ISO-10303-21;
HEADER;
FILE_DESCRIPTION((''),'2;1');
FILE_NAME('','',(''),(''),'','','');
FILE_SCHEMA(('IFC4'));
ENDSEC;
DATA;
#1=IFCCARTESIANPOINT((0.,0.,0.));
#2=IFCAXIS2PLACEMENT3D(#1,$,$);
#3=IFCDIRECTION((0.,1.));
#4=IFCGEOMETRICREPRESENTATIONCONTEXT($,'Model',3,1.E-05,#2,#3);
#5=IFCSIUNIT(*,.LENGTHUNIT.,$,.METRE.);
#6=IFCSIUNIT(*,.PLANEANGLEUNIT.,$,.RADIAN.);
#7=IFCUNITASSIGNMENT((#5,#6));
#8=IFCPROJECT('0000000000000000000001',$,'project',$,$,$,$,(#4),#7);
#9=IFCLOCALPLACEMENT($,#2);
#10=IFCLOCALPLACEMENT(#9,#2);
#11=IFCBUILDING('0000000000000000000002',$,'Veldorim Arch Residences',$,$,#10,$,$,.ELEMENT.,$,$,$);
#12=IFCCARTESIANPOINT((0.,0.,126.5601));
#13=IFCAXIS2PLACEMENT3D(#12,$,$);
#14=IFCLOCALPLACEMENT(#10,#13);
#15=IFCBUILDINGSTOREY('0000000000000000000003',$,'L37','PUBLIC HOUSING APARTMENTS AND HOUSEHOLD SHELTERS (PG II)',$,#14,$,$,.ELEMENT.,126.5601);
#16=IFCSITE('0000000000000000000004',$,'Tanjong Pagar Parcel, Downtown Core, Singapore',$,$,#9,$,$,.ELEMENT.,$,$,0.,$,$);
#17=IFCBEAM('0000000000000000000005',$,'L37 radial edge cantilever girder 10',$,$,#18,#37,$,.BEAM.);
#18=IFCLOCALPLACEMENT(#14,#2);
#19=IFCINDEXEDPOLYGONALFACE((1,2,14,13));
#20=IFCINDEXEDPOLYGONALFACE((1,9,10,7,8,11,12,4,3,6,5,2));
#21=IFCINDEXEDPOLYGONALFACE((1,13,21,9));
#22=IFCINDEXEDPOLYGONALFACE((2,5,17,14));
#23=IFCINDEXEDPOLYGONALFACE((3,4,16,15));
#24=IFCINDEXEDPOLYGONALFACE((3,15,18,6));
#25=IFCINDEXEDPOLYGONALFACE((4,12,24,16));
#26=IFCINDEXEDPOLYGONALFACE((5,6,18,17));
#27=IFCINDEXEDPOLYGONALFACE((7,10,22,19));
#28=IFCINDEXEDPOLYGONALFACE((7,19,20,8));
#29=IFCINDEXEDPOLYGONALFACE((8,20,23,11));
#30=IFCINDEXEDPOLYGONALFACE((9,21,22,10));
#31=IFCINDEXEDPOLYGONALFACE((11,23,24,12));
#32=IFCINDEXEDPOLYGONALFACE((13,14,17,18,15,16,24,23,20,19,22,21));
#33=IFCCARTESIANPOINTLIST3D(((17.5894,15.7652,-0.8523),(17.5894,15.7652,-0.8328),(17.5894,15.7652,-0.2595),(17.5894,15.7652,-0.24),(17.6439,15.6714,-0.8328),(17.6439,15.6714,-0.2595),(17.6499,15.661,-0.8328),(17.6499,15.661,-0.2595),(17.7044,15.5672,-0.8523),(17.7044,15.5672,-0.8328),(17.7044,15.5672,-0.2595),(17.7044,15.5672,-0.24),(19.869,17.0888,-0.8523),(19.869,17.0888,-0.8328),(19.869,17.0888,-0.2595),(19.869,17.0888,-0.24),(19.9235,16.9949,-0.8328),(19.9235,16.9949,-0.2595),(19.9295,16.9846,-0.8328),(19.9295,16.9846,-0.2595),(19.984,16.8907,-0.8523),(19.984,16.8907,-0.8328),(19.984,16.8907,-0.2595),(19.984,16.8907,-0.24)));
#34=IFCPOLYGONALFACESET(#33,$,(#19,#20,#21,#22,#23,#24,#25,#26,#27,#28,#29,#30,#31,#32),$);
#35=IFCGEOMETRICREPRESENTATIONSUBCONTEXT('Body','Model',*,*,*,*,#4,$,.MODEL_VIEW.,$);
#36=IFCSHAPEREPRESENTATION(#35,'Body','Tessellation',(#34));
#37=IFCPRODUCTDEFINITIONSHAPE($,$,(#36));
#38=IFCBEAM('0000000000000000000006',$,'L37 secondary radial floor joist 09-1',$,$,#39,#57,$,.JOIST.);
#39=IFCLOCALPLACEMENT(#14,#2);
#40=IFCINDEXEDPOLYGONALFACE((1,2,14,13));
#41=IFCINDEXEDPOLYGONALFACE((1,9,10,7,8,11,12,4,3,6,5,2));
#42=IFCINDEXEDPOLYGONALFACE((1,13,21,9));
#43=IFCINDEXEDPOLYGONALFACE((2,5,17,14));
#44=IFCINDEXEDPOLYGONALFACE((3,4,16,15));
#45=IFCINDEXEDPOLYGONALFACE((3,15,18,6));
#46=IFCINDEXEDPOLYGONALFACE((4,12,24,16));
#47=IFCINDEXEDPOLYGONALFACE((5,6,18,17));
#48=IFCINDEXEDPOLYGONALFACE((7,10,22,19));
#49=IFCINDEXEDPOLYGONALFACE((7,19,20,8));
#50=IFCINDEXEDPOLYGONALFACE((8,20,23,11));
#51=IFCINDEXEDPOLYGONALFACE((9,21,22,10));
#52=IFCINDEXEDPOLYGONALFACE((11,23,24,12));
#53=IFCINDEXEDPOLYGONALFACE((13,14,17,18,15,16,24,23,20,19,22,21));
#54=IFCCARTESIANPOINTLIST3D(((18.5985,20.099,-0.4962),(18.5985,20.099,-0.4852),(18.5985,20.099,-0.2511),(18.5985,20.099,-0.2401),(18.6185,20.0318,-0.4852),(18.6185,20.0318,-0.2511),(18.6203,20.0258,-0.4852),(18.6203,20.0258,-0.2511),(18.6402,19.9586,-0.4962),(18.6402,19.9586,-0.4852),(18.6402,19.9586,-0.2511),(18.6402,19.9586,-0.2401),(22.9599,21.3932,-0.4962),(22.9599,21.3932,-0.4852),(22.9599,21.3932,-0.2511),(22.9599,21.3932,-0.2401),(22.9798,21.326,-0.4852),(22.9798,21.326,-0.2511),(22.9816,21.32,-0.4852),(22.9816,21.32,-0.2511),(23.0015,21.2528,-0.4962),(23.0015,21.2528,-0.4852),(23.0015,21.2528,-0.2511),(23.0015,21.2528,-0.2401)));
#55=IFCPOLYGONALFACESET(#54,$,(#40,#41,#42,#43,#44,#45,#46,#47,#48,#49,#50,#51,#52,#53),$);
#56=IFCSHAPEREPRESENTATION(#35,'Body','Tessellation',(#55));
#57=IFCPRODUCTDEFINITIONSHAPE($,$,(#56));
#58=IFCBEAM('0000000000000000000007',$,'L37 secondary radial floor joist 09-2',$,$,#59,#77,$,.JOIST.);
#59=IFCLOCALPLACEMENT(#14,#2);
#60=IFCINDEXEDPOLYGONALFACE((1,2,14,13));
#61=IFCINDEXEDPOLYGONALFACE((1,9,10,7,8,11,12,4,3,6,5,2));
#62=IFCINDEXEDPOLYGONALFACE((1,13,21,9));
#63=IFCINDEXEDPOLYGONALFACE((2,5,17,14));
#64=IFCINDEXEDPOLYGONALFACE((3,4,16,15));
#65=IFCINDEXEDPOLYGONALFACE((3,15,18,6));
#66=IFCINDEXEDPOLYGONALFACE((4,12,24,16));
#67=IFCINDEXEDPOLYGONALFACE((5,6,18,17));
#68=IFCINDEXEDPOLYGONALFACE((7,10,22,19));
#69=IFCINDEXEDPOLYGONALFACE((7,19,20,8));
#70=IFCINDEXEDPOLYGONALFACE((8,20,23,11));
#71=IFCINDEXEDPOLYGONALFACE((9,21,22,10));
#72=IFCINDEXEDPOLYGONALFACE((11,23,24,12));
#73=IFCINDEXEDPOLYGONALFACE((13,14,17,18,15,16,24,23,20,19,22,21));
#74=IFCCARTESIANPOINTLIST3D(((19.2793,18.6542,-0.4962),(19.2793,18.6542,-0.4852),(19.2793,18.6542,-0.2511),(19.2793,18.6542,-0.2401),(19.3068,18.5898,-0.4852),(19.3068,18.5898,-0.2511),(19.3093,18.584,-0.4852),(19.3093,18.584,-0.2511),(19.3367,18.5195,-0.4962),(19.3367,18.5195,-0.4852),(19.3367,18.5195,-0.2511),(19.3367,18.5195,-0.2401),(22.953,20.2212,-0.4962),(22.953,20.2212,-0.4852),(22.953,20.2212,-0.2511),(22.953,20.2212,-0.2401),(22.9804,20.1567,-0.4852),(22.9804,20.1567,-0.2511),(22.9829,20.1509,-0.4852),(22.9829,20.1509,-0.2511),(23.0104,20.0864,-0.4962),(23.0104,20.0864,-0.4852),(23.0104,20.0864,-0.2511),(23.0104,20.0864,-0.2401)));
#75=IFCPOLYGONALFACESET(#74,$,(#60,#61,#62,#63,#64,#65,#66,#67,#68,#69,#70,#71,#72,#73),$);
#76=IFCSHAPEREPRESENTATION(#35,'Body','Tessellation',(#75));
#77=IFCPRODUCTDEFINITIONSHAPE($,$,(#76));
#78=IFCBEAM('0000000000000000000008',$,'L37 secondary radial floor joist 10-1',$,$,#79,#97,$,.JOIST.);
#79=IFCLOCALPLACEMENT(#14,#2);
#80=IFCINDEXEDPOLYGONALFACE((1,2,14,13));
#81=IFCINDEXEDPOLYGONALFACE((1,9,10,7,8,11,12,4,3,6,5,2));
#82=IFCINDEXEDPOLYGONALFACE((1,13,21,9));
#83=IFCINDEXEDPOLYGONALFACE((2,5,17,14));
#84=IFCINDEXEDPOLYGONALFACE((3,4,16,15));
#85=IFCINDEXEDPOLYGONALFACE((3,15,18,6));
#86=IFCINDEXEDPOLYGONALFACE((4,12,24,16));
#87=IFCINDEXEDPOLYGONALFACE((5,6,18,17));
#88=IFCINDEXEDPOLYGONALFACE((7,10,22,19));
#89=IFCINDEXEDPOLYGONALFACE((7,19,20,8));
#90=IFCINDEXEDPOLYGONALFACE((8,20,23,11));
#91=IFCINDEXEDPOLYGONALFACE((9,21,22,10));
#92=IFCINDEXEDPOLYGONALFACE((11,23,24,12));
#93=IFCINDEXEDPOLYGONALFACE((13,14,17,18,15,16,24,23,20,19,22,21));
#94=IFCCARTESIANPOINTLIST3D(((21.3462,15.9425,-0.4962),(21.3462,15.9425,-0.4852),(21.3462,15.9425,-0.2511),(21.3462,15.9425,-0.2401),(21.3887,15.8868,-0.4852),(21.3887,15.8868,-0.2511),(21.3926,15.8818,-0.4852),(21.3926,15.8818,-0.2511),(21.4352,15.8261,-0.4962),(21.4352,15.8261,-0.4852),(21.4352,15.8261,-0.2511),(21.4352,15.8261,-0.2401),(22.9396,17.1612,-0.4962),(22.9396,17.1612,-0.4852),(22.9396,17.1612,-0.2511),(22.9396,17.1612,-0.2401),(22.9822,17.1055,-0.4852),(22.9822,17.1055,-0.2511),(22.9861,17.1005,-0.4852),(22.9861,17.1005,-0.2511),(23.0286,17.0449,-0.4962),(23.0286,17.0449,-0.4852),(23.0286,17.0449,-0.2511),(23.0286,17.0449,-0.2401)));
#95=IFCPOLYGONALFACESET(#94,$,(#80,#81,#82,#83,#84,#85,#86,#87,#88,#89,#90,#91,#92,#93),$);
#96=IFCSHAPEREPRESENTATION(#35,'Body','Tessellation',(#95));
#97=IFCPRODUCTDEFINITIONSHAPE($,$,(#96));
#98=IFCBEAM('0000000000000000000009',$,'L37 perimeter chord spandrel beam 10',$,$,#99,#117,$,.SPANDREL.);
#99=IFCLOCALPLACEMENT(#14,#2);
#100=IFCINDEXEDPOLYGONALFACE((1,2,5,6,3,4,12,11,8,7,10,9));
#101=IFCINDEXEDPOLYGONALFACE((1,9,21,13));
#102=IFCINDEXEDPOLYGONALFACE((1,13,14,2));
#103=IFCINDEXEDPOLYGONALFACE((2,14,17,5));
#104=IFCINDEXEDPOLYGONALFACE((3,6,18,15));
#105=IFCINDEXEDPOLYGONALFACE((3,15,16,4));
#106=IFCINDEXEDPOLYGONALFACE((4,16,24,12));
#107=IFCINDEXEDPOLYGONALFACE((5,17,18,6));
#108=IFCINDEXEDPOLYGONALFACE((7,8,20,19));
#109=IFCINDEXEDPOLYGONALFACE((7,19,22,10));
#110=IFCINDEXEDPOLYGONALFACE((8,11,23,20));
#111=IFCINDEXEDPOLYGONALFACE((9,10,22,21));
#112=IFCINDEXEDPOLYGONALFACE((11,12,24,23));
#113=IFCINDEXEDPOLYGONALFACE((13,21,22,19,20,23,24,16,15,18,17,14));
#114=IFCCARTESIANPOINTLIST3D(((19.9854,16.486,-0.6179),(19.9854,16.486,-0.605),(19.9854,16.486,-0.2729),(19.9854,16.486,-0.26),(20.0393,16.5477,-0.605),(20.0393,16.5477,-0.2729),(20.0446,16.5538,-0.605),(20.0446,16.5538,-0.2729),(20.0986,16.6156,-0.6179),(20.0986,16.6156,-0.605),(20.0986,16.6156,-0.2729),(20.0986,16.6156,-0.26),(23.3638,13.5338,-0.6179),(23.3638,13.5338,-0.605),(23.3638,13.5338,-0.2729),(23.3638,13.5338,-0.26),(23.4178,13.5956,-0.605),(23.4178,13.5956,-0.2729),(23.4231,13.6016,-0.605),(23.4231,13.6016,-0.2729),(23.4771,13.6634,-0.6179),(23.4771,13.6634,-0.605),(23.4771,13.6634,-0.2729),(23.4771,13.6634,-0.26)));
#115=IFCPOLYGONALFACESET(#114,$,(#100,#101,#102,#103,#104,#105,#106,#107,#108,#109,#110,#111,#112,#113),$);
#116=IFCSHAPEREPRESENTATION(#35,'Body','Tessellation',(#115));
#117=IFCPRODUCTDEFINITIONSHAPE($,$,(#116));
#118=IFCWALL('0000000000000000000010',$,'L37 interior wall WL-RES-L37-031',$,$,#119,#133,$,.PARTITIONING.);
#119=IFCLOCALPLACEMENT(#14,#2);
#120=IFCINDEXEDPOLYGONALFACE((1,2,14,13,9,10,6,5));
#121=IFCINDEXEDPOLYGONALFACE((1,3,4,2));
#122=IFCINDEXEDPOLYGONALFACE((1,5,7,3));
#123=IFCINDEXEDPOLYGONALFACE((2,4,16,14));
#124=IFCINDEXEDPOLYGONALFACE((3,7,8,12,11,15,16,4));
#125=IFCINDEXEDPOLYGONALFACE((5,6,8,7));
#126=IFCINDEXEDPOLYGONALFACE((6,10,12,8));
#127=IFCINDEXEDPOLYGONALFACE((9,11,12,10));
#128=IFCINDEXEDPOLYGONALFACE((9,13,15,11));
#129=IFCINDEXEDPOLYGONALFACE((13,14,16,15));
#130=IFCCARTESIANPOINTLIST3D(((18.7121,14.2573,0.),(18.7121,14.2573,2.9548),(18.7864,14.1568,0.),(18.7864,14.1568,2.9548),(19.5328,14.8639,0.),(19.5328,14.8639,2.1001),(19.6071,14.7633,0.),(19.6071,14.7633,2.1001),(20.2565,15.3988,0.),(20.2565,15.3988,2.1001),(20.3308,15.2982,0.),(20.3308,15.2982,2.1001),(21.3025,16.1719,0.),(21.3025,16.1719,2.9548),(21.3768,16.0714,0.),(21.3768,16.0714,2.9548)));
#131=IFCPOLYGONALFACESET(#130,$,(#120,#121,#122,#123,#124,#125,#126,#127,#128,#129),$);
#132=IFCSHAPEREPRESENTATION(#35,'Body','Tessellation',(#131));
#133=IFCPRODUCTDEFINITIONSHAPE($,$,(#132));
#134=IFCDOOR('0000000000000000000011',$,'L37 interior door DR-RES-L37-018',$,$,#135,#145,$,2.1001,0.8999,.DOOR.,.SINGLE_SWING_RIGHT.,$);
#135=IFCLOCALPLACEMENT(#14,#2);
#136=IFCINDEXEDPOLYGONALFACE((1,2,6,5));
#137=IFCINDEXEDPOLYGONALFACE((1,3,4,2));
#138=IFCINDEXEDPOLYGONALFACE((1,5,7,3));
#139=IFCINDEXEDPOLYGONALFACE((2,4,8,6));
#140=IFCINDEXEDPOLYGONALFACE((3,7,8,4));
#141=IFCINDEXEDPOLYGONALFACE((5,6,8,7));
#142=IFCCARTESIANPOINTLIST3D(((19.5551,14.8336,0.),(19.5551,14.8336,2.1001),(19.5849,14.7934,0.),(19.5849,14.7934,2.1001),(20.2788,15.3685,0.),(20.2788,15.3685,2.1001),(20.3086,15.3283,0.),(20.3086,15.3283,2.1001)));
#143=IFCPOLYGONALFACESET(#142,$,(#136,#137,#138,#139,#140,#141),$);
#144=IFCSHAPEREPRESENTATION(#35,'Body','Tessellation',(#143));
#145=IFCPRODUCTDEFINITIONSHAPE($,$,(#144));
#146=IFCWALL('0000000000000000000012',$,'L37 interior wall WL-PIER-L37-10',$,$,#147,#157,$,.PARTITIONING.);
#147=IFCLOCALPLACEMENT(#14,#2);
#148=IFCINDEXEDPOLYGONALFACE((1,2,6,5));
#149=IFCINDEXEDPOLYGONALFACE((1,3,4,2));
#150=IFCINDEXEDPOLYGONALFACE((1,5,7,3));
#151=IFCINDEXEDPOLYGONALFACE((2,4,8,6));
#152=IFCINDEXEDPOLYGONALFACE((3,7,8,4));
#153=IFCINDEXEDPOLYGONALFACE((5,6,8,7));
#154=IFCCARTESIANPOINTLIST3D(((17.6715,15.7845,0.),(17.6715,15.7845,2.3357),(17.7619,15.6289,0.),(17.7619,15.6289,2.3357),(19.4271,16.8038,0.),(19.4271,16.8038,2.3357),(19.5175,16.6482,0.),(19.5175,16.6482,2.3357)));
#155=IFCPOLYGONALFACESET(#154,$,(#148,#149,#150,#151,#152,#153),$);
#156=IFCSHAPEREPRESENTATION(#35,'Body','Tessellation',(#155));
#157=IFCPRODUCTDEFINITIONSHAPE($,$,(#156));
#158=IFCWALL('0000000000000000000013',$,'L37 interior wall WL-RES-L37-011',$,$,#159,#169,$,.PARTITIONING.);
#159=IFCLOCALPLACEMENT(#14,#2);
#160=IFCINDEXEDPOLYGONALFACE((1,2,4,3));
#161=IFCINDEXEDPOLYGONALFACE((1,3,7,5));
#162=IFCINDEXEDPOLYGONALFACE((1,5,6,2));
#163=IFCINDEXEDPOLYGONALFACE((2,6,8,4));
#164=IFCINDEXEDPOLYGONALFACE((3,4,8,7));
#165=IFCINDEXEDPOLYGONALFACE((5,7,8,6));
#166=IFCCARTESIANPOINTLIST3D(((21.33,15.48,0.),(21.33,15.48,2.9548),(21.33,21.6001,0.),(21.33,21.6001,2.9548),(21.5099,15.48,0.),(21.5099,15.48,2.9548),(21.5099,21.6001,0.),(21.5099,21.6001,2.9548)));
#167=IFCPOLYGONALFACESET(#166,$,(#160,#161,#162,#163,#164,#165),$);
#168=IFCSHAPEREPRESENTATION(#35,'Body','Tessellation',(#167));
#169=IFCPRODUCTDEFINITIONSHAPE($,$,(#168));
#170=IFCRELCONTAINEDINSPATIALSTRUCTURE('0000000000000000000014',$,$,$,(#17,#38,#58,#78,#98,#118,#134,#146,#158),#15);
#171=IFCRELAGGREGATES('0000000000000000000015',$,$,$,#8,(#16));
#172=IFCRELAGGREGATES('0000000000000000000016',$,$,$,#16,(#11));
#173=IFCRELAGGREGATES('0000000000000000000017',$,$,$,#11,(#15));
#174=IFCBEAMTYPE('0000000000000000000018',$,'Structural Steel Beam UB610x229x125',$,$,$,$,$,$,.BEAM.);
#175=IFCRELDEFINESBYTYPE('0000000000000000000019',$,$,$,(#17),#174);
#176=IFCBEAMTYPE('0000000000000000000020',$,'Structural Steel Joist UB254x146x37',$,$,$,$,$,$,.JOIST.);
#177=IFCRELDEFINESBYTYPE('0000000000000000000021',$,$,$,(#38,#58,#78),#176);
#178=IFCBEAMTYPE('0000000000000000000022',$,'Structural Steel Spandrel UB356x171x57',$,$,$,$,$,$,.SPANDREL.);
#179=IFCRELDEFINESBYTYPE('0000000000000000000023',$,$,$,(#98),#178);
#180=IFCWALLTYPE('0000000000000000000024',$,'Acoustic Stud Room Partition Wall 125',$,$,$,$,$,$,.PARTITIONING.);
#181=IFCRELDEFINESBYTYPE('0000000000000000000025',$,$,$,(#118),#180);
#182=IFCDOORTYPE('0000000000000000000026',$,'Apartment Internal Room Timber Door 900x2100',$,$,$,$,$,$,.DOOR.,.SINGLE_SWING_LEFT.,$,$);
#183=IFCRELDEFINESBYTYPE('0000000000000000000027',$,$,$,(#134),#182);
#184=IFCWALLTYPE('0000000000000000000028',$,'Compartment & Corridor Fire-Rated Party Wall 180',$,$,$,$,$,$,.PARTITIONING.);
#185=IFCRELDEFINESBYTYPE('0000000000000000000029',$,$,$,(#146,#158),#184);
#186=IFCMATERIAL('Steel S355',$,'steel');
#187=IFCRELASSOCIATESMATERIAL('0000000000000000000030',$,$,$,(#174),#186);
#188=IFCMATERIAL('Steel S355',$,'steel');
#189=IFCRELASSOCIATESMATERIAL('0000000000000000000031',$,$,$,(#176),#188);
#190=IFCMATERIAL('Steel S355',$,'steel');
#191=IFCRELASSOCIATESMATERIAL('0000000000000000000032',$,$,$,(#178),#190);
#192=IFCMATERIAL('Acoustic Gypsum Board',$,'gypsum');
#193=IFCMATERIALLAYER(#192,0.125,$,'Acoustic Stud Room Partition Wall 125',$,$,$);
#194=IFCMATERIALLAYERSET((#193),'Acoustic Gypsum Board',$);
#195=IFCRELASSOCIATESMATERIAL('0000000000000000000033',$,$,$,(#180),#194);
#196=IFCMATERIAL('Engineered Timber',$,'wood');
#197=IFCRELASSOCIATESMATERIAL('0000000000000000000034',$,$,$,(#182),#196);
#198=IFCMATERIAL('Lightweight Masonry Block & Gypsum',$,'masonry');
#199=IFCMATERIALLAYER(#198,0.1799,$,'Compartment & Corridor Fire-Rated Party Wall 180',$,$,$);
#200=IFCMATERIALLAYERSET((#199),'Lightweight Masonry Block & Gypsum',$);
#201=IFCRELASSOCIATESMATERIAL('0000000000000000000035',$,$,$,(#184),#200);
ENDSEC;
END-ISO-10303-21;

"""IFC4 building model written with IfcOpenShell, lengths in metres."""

from ifc_helpers import new_model, si_unit, direction, frame, frame_2d, origin, origin_2d, place, context, subcontext, project, spatial, rectangle, i_section, extrude, material, layer, layer_set, material_profile, profile_set, type_object, element, fill, save


model = new_model("IFC4")

# Units and contexts
model_context = context("Model", 3, precision=1e-05, world=origin(), true_north=direction((0.0, 1.0)))
body_context = subcontext(model_context, "Body", "Model", "MODEL_VIEW")
ifc_project = project(units=[si_unit("LENGTHUNIT", "METRE"), si_unit("PLANEANGLEUNIT", "RADIAN")], contexts=[model_context])

# Site, building, storey
site_placement = place(None, origin())
site = spatial("IfcSite", under=ifc_project, at=site_placement, Name="Tanjong Pagar Parcel, Downtown Core, Singapore", CompositionType="ELEMENT", RefElevation=0.0)
building_placement = place(site_placement, origin())
building = spatial("IfcBuilding", under=site, at=building_placement, Name="Veldorim Arch Residences", CompositionType="ELEMENT")
storey_placement = place(building_placement, frame((0.0, 0.0, 126.5601)))
storey = spatial("IfcBuildingStorey", under=building, at=storey_placement, Name="L37", Description="PUBLIC HOUSING APARTMENTS AND HOUSEHOLD SHELTERS (PG II)", CompositionType="ELEMENT", Elevation=126.5601)

# Beams
ifc_material_1 = material(Name="Steel S355", Category="steel")
ifc_material_profile_1 = material_profile(ifc_material_1, i_section(OverallWidth=0.229, OverallDepth=0.6123, WebThickness=0.012, FlangeThickness=0.0195, at=origin_2d()), Name="UB610x229x125")
ifc_profile_set_1 = profile_set([ifc_material_profile_1], Name="Steel S355")
beam_type_1 = type_object("IfcBeamType", Name="Structural Steel Beam UB610x229x125", PredefinedType="BEAM", material=ifc_profile_set_1)
beam_1_placement = place(storey_placement, frame((19.9265, 16.9897, -0.5461), z_axis=(-0.864808, -0.502102, 0.0), x_axis=(0.502102, -0.864808, 0.0)))
element("IfcBeam", 1, at=beam_1_placement, inside=storey, type_object=beam_type_1, Name="L37 radial edge cantilever girder 10", PredefinedType="BEAM", context=body_context, shape_type="SweptSolid", body=[
    extrude(i_section(OverallWidth=0.229, OverallDepth=0.6123, WebThickness=0.012, FlangeThickness=0.0195, at=origin_2d()), origin(), (0.0, 0.0, 1.0), 2.636),
])
ifc_material_2 = material(Name="Steel S355", Category="steel")
ifc_material_profile_2 = material_profile(ifc_material_2, i_section(OverallWidth=0.1465, OverallDepth=0.2561, WebThickness=0.0063, FlangeThickness=0.011, at=origin_2d()), Name="UB254x146x37")
ifc_profile_set_2 = profile_set([ifc_material_profile_2], Name="Steel S355")
beam_type_2 = type_object("IfcBeamType", Name="Structural Steel Joist UB254x146x37", PredefinedType="JOIST", material=ifc_profile_set_2)
beam_2_placement = place(storey_placement, frame((22.9807, 21.323, -0.3682), z_axis=(-0.958682, -0.284481, 0.0), x_axis=(0.284481, -0.958682, 0.0)))
element("IfcBeam", 2, at=beam_2_placement, inside=storey, type_object=beam_type_2, Name="L37 secondary radial floor joist 09-1", PredefinedType="JOIST", context=body_context, shape_type="SweptSolid", body=[
    extrude(i_section(OverallWidth=0.1465, OverallDepth=0.2561, WebThickness=0.0063, FlangeThickness=0.011, at=origin_2d()), origin(), (0.0, 0.0, 1.0), 4.5493),
])
beam_3_placement = place(storey_placement, frame((22.9817, 20.1538, -0.3682), z_axis=(-0.919823, -0.392332, 0.0), x_axis=(0.392332, -0.919823, 0.0)))
element("IfcBeam", 3, at=beam_3_placement, inside=storey, type_object=beam_type_2, Name="L37 secondary radial floor joist 09-2", PredefinedType="JOIST", context=body_context, shape_type="SweptSolid", body=[
    extrude(i_section(OverallWidth=0.1465, OverallDepth=0.2561, WebThickness=0.0063, FlangeThickness=0.011, at=origin_2d()), origin(), (0.0, 0.0, 1.0), 3.9939),
])
beam_4_placement = place(storey_placement, frame((22.9841, 17.103, -0.3682), z_axis=(-0.794313, -0.607509, 0.0), x_axis=(0.607509, -0.794313, 0.0)))
element("IfcBeam", 4, at=beam_4_placement, inside=storey, type_object=beam_type_2, Name="L37 secondary radial floor joist 10-1", PredefinedType="JOIST", context=body_context, shape_type="SweptSolid", body=[
    extrude(i_section(OverallWidth=0.1465, OverallDepth=0.2561, WebThickness=0.0063, FlangeThickness=0.011, at=origin_2d()), origin(), (0.0, 0.0, 1.0), 2.0061),
])
ifc_material_3 = material(Name="Steel S355", Category="steel")
ifc_material_profile_3 = material_profile(ifc_material_3, i_section(OverallWidth=0.1721, OverallDepth=0.3579, WebThickness=0.0081, FlangeThickness=0.0129, at=origin_2d()), Name="UB356x171x57")
ifc_profile_set_3 = profile_set([ifc_material_profile_3], Name="Steel S355")
beam_type_3 = type_object("IfcBeamType", Name="Structural Steel Spandrel UB356x171x57", PredefinedType="SPANDREL", material=ifc_profile_set_3)
beam_5_placement = place(storey_placement, frame((20.042, 16.5508, -0.439), z_axis=(0.753015, -0.658004, 0.0), x_axis=(0.658004, 0.753015, 0.0)))
element("IfcBeam", 5, at=beam_5_placement, inside=storey, type_object=beam_type_3, Name="L37 perimeter chord spandrel beam 10", PredefinedType="SPANDREL", context=body_context, shape_type="SweptSolid", body=[
    extrude(i_section(OverallWidth=0.1721, OverallDepth=0.3579, WebThickness=0.0081, FlangeThickness=0.0129, at=origin_2d()), origin(), (0.0, 0.0, 1.0), 4.4866),
])

# Wall, opening, door
ifc_material_4 = material(Name="Acoustic Gypsum Board", Category="gypsum")
ifc_layer_1 = layer(ifc_material_4, 0.125, Name="Acoustic Stud Room Partition Wall 125")
ifc_layer_set_1 = layer_set([ifc_layer_1], Name="Acoustic Gypsum Board")
wall_type_1 = type_object("IfcWallType", Name="Acoustic Stud Room Partition Wall 125", PredefinedType="PARTITIONING", material=ifc_layer_set_1)
wall_1_placement = place(storey_placement, frame((18.7493, 14.207, 0.0), z_axis=(0.0, 0.0, 1.0), x_axis=(0.804182, 0.594383, 0.0)))
wall_1 = element("IfcWall", 6, at=wall_1_placement, inside=storey, type_object=wall_type_1, Name="L37 interior wall WL-RES-L37-031", PredefinedType="PARTITIONING", context=body_context, shape_type="SweptSolid", body=[
    extrude(rectangle(XDim=3.2212, YDim=0.125, at=frame_2d((1.6106, 0.0))), origin(), (0.0, 0.0, 1.0), 2.9548),
])
opening_1_placement = place(wall_1_placement, frame((1.0205, 0.0, 0.0)))
opening_1 = element("IfcOpeningElement", 7, at=opening_1_placement, cuts=wall_1, PredefinedType="OPENING", context=body_context, shape_type="SweptSolid", body=[
    extrude(rectangle(XDim=0.8999, YDim=2.1001, at=frame_2d((0.45, 1.05))), frame((0.0, 0.0725, 0.0), z_axis=(0.0, -1.0, 0.0), x_axis=(1.0, 0.0, 0.0)), (0.0, 0.0, 1.0), 0.145),
])
ifc_material_5 = material(Name="Engineered Timber", Category="wood")
door_type_1 = type_object("IfcDoorType", Name="Apartment Internal Room Timber Door 900x2100", OperationType="SINGLE_SWING_LEFT", PredefinedType="DOOR", material=ifc_material_5)
door_1_placement = place(opening_1_placement, origin())
door_1 = element("IfcDoor", 8, at=door_1_placement, inside=storey, type_object=door_type_1, Name="L37 interior door DR-RES-L37-018", OperationType="SINGLE_SWING_RIGHT", OverallHeight=2.1001, OverallWidth=0.8999, PredefinedType="DOOR", context=body_context, shape_type="SweptSolid", body=[
    extrude(rectangle(XDim=0.8999, YDim=2.1001, at=frame_2d((0.45, 1.05))), frame((0.0, 0.0249, 0.0), z_axis=(0.0, -1.0, 0.0), x_axis=(1.0, 0.0, 0.0)), (0.0, 0.0, 1.0), 0.05),
])
fill(opening_1, door_1)

# Walls
ifc_material_6 = material(Name="Lightweight Masonry Block & Gypsum", Category="masonry")
ifc_layer_2 = layer(ifc_material_6, 0.1799, Name="Compartment & Corridor Fire-Rated Party Wall 180")
ifc_layer_set_2 = layer_set([ifc_layer_2], Name="Lightweight Masonry Block & Gypsum")
wall_type_2 = type_object("IfcWallType", Name="Compartment & Corridor Fire-Rated Party Wall 180", PredefinedType="PARTITIONING", material=ifc_layer_set_2)
wall_2_placement = place(storey_placement, frame((19.4724, 16.7261, 0.0), z_axis=(0.0, 0.0, 1.0), x_axis=(-0.864811, -0.502098, 0.0)))
element("IfcWall", 9, at=wall_2_placement, inside=storey, type_object=wall_type_2, Name="L37 interior wall WL-PIER-L37-10", PredefinedType="PARTITIONING", context=body_context, shape_type="SweptSolid", body=[
    extrude(rectangle(XDim=2.03, YDim=0.1799, at=frame_2d((1.0151, 0.0))), origin(), (0.0, 0.0, 1.0), 2.3357),
])
wall_3_placement = place(storey_placement, frame((21.4199, 15.48, 0.0), z_axis=(0.0, 0.0, 1.0), x_axis=(0.0, 1.0, 0.0)))
element("IfcWall", 10, at=wall_3_placement, inside=storey, type_object=wall_type_2, Name="L37 interior wall WL-RES-L37-011", PredefinedType="PARTITIONING", context=body_context, shape_type="SweptSolid", body=[
    extrude(rectangle(XDim=6.1201, YDim=0.1799, at=frame_2d((3.0601, 0.0))), origin(), (0.0, 0.0, 1.0), 2.9548),
])

save(model, "model.ifc")
